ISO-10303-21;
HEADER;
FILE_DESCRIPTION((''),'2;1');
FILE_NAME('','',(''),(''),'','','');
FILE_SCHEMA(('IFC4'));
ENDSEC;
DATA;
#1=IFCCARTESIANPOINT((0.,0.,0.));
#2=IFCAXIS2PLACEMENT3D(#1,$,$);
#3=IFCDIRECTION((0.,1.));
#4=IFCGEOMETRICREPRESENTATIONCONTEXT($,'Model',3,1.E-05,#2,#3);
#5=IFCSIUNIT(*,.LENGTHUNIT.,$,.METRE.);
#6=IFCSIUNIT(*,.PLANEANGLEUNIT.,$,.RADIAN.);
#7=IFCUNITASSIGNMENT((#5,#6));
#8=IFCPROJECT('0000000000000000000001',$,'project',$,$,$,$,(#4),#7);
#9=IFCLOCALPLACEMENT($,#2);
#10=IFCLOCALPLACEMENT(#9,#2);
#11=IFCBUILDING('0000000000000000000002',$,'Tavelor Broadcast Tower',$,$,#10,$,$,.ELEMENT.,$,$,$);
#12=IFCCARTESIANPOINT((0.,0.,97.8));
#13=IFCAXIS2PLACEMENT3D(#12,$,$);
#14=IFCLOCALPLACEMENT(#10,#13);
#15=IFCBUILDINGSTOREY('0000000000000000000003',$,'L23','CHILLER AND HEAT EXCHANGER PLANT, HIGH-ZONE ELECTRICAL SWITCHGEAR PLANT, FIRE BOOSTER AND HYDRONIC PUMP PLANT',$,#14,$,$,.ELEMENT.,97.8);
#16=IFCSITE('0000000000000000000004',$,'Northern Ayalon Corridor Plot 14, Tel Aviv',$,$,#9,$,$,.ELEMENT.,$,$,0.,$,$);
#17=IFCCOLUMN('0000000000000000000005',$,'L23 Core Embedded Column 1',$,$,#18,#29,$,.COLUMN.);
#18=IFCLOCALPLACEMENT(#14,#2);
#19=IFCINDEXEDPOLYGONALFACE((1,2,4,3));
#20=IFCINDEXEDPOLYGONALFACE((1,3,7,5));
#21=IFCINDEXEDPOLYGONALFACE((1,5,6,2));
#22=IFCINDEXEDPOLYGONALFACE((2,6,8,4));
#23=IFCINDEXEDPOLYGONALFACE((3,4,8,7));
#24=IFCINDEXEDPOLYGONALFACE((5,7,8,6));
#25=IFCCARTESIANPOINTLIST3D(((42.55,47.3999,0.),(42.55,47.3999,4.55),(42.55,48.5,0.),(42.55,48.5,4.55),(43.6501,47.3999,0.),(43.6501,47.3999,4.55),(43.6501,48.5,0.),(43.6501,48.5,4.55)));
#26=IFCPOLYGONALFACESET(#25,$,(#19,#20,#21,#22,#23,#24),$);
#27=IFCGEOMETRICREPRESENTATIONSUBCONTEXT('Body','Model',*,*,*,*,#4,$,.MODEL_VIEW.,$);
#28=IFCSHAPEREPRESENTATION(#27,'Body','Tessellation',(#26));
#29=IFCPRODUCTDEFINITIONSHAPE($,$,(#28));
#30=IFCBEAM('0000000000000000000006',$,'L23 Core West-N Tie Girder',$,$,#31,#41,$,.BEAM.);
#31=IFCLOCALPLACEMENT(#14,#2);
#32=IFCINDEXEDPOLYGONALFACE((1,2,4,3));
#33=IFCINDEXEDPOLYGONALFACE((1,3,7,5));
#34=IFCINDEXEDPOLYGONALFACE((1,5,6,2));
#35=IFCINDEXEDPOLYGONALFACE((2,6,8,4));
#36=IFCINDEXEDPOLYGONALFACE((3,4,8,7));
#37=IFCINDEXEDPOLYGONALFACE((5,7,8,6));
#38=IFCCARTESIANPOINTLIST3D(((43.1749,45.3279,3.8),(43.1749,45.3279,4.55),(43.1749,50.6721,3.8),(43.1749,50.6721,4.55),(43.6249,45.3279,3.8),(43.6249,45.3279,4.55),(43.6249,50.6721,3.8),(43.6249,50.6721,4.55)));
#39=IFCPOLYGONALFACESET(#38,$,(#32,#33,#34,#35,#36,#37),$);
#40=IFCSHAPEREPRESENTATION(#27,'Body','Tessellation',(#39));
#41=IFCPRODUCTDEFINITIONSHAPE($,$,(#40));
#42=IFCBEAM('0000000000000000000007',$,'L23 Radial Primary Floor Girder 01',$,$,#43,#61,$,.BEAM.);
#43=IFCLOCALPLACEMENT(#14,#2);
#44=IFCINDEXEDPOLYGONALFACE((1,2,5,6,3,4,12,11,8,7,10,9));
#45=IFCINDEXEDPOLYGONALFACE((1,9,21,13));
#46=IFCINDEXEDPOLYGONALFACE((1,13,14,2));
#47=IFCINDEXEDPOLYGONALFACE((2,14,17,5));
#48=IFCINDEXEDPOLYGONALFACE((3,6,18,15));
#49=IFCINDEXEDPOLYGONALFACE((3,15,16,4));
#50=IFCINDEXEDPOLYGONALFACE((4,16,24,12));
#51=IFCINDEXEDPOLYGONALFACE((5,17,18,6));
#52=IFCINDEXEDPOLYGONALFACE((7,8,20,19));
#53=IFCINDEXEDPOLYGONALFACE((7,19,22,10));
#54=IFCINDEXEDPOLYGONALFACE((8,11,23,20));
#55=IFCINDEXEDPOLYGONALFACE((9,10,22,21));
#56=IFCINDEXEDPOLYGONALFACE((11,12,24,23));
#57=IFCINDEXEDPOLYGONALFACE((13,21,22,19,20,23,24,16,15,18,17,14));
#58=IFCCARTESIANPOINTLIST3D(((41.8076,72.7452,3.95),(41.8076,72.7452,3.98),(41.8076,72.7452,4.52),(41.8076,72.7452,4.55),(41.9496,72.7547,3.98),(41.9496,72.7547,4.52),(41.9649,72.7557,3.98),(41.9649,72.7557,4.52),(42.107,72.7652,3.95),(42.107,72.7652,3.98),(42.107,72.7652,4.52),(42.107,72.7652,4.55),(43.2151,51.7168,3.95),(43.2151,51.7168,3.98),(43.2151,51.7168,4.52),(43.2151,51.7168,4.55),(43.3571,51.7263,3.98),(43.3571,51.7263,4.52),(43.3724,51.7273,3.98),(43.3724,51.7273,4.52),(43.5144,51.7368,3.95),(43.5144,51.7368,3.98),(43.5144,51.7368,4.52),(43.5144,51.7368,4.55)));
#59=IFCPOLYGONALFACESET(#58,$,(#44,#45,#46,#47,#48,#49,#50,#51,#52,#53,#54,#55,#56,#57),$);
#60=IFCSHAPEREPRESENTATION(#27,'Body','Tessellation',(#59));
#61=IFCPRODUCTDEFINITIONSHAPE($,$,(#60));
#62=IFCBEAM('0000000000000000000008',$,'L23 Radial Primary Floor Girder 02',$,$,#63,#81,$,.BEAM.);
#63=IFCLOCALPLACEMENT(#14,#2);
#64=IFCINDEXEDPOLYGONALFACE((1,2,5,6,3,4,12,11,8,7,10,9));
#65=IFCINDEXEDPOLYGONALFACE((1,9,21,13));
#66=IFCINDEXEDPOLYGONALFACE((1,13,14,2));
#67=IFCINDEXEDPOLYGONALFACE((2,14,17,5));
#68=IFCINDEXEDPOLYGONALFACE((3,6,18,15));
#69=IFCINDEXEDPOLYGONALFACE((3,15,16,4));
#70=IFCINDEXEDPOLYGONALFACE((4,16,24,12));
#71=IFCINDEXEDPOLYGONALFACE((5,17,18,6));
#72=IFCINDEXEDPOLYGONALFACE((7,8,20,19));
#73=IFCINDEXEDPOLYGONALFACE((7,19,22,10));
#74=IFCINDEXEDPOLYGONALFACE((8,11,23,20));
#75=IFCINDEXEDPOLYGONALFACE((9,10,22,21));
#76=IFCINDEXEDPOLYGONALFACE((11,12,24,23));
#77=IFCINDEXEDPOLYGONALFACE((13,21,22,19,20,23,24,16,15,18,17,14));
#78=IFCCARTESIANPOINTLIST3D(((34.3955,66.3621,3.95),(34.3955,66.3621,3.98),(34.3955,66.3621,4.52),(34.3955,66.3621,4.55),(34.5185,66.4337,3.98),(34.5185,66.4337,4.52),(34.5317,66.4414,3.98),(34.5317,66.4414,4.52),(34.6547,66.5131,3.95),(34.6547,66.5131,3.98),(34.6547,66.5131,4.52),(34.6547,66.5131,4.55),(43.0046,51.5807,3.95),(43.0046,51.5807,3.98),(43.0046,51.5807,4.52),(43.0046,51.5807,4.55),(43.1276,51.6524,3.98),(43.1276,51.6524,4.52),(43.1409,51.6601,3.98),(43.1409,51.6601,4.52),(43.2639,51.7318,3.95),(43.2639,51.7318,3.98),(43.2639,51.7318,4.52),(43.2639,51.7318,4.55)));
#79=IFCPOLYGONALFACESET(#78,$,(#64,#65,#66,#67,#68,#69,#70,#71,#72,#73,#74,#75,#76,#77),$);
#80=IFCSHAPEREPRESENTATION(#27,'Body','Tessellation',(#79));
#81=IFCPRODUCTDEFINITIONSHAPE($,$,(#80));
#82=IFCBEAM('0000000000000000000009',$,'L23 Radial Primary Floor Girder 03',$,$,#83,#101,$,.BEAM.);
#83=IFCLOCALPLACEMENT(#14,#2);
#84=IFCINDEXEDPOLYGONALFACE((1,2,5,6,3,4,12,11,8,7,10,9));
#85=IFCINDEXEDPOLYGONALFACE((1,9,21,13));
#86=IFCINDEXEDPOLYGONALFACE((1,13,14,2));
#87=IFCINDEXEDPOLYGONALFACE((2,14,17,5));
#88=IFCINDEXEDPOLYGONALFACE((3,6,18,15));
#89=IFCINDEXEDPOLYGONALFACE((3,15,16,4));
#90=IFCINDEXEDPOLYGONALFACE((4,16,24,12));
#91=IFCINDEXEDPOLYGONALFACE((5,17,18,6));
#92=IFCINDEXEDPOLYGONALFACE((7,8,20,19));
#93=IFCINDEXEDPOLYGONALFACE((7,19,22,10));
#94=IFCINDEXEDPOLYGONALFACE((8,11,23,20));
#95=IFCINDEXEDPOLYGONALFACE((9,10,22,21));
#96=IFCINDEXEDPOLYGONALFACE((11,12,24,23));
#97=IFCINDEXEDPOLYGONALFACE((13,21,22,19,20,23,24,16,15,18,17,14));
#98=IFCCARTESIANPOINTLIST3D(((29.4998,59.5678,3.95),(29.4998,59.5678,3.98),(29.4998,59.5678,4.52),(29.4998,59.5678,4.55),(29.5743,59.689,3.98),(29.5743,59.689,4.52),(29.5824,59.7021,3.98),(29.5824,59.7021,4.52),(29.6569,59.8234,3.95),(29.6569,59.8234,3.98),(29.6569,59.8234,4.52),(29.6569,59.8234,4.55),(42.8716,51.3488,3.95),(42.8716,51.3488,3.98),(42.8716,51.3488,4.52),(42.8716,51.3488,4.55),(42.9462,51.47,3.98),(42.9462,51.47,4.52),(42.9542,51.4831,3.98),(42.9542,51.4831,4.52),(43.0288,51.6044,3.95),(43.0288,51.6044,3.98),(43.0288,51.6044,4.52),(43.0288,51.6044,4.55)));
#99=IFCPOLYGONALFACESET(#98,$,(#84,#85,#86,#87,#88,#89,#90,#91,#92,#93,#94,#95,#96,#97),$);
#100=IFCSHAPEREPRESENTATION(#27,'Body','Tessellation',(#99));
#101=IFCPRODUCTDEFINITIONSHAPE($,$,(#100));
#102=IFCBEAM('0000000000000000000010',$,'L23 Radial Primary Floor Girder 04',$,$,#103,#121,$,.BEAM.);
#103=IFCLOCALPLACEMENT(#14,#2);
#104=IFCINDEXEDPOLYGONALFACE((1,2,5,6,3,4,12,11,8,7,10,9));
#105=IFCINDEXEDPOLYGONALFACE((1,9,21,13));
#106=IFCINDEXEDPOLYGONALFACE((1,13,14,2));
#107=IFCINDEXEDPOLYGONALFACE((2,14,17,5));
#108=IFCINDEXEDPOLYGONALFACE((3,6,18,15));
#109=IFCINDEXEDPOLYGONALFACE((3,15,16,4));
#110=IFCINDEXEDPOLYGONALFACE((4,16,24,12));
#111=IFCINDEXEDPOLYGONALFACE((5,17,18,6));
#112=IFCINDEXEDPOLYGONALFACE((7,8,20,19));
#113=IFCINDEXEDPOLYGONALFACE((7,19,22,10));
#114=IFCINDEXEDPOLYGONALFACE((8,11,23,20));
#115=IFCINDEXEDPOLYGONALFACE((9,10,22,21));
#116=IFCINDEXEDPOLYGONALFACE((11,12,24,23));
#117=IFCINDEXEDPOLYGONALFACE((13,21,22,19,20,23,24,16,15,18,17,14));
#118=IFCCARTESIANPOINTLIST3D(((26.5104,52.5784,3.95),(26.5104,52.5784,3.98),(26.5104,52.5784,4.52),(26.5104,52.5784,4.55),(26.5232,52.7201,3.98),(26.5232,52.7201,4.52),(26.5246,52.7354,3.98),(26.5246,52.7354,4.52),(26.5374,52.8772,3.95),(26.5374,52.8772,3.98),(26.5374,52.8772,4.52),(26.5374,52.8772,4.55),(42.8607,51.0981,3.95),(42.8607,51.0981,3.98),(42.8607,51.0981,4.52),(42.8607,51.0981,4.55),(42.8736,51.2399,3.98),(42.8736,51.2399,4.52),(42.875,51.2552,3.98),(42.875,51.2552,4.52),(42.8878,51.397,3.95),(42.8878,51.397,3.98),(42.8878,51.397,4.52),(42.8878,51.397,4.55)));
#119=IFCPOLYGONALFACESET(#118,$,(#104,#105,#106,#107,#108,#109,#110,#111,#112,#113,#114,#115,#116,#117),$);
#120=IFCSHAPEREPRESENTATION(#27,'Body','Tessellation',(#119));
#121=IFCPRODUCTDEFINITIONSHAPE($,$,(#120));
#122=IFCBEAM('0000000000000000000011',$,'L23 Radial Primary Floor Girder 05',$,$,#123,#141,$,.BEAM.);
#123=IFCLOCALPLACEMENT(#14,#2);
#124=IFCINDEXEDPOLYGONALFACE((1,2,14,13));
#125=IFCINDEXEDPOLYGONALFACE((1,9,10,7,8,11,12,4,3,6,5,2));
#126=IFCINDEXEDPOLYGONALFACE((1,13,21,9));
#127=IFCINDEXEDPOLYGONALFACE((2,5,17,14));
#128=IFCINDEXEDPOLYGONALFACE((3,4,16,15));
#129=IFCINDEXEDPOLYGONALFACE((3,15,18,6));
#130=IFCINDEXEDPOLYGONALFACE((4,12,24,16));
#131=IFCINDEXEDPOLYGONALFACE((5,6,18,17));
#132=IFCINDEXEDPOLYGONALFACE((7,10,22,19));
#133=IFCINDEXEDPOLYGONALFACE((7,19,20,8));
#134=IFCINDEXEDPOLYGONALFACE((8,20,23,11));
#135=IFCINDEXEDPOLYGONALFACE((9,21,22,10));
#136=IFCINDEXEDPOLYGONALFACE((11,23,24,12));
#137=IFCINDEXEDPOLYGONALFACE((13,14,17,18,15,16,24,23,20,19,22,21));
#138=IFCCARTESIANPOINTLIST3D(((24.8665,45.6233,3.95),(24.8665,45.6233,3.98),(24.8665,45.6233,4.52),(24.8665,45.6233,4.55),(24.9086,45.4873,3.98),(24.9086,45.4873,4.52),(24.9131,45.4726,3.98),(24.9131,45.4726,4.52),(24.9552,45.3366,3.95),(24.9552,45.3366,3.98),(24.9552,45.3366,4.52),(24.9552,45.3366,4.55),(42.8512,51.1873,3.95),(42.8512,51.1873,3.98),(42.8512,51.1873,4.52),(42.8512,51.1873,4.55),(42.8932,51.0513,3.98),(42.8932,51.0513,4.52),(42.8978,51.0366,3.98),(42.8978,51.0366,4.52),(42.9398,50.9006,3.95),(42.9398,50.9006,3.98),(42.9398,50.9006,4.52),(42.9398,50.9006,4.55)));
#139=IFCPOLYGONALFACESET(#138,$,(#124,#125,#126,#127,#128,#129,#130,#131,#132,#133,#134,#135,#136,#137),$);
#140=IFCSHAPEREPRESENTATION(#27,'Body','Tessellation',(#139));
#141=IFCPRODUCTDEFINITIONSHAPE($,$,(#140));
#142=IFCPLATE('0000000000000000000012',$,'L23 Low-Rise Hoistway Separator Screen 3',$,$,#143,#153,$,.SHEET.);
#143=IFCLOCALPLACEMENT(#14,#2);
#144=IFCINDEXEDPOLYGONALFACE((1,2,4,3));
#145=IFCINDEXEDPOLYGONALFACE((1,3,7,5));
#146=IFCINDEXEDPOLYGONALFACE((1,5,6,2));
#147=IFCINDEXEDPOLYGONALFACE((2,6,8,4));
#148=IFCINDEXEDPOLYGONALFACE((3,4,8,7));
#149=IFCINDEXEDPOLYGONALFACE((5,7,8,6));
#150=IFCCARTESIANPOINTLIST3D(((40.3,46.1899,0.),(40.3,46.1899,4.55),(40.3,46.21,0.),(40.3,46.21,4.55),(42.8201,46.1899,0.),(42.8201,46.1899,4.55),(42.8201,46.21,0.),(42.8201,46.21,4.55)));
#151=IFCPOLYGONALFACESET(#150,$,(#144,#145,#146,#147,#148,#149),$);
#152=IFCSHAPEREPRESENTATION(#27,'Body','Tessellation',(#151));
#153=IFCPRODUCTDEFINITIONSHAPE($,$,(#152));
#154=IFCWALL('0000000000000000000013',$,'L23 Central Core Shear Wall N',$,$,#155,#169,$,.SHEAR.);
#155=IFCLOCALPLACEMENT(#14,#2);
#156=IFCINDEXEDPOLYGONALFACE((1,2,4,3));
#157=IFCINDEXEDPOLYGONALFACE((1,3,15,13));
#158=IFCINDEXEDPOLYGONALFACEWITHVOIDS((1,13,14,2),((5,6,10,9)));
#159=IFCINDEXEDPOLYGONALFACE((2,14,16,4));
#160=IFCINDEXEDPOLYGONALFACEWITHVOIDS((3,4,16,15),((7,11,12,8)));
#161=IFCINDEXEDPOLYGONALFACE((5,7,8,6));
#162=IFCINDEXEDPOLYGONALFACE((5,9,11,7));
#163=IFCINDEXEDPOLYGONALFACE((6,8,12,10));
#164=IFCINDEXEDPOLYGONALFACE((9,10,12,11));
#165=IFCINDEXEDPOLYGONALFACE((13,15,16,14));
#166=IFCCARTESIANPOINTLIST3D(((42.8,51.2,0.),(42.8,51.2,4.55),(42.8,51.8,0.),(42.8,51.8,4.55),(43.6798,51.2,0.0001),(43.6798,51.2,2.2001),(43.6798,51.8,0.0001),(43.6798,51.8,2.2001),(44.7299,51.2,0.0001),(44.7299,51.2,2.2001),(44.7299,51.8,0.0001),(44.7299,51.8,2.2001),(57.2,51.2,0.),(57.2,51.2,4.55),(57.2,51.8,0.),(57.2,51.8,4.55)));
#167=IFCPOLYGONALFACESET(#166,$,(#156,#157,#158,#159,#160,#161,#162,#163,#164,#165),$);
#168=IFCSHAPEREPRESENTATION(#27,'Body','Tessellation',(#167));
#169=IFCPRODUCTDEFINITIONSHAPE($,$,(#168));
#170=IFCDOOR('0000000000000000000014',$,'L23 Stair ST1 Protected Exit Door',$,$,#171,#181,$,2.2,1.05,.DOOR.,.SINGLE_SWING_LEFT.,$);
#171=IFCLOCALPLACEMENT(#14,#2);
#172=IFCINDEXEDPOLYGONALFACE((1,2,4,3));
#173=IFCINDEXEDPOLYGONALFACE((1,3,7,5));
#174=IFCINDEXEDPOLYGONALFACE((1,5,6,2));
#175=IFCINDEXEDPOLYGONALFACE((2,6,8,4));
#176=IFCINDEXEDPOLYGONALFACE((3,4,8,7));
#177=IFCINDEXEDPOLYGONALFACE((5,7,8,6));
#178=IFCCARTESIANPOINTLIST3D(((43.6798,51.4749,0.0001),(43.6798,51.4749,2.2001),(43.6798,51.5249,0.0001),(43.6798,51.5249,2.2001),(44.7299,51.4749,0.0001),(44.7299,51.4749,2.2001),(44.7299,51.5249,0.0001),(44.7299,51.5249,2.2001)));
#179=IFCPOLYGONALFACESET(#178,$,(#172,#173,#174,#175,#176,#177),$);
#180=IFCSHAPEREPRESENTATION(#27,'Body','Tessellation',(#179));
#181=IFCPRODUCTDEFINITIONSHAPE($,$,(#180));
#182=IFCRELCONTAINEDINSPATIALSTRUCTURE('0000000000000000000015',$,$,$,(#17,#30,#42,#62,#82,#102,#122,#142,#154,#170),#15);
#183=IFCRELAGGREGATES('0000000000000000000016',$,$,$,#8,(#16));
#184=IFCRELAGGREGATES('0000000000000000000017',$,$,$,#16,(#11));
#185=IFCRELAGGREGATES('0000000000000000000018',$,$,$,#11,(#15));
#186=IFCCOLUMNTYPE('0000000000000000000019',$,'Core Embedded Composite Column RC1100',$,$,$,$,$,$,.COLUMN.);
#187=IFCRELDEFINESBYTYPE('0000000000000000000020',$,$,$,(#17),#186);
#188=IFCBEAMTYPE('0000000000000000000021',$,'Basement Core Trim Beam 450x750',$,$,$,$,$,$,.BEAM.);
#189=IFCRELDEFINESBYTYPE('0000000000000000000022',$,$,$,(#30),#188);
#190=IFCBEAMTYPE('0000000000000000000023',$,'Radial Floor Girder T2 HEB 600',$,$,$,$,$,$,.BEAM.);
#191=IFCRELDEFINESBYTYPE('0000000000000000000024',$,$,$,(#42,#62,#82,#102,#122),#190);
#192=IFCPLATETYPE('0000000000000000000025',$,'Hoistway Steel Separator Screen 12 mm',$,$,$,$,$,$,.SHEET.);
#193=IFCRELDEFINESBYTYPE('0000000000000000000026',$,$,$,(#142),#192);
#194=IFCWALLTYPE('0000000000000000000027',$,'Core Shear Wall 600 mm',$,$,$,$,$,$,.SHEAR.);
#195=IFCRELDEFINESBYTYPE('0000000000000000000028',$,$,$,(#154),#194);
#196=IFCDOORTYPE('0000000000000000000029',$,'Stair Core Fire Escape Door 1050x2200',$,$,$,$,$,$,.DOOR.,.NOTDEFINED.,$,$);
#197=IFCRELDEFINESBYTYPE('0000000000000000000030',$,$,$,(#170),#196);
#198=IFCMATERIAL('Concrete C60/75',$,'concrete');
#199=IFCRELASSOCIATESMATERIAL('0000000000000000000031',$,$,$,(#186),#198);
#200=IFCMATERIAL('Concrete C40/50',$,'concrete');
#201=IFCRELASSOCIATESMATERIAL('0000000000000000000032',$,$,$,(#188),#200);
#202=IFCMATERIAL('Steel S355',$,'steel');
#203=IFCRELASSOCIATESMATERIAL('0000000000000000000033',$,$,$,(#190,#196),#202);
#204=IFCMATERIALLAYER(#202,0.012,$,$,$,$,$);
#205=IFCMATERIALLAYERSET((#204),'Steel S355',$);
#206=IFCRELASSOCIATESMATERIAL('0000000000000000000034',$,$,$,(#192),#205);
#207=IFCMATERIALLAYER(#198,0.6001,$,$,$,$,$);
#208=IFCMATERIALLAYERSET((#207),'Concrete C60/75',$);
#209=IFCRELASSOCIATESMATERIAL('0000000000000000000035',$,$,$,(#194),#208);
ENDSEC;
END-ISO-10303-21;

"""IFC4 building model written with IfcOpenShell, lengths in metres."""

from ifc_helpers import new_model, si_unit, direction, frame, frame_2d, origin, origin_2d, place, context, subcontext, project, spatial, rectangle, i_section, extrude, source, transform, mapped, material, layer, layer_set, material_profile, profile_set, type_object, type_shapes, element, fill, save


model = new_model("IFC4")

# Units and contexts
model_context = context("Model", 3, precision=1e-05, world=origin(), true_north=direction((0.0, 1.0)))
body_context = subcontext(model_context, "Body", "Model", "MODEL_VIEW")
ifc_project = project(units=[si_unit("LENGTHUNIT", "METRE"), si_unit("PLANEANGLEUNIT", "RADIAN")], contexts=[model_context])

# Site, building, storey
site_placement = place(None, origin())
site = spatial("IfcSite", under=ifc_project, at=site_placement, Name="Northern Ayalon Corridor Plot 14, Tel Aviv", CompositionType="ELEMENT", RefElevation=0.0)
building_placement = place(site_placement, origin())
building = spatial("IfcBuilding", under=site, at=building_placement, Name="Tavelor Broadcast Tower", CompositionType="ELEMENT")
storey_placement = place(building_placement, frame((0.0, 0.0, 97.8)))
storey = spatial("IfcBuildingStorey", under=building, at=storey_placement, Name="L23", Description="CHILLER AND HEAT EXCHANGER PLANT, HIGH-ZONE ELECTRICAL SWITCHGEAR PLANT, FIRE BOOSTER AND HYDRONIC PUMP PLANT", CompositionType="ELEMENT", Elevation=97.8)

# Column
ifc_material_1 = material(Name="Concrete C60/75", Category="concrete")
ifc_material_profile_1 = material_profile(ifc_material_1, rectangle(XDim=1.1001, YDim=1.1001, at=origin_2d()), Name="RC 1100x1100")
ifc_profile_set_1 = profile_set([ifc_material_profile_1], Name="Concrete C60/75")
column_type = type_object("IfcColumnType", Name="Core Embedded Composite Column RC1100", PredefinedType="COLUMN", material=ifc_profile_set_1)
column_placement = place(storey_placement, frame((43.1001, 47.95, 0.0), z_axis=(0.0, 0.0, 1.0), x_axis=(1.0, 0.0, 0.0)))
element("IfcColumn", 1, at=column_placement, inside=storey, type_object=column_type, Name="L23 Core Embedded Column 1", PredefinedType="COLUMN", context=body_context, shape_type="SweptSolid", body=[
    extrude(rectangle(XDim=1.1001, YDim=1.1001, at=origin_2d()), origin(), (0.0, 0.0, 1.0), 4.55),
])

# Beams
ifc_material_2 = material(Name="Concrete C40/50", Category="concrete")
ifc_material_profile_2 = material_profile(ifc_material_2, rectangle(XDim=0.45, YDim=0.75, at=origin_2d()), Name="RC 450x750")
ifc_profile_set_2 = profile_set([ifc_material_profile_2], Name="Concrete C40/50")
beam_type_1 = type_object("IfcBeamType", Name="Basement Core Trim Beam 450x750", PredefinedType="BEAM", material=ifc_profile_set_2)
beam_1_placement = place(storey_placement, frame((43.3999, 45.3279, 4.175), z_axis=(0.0, 1.0, 0.0), x_axis=(-1.0, 0.0, 0.0)))
element("IfcBeam", 2, at=beam_1_placement, inside=storey, type_object=beam_type_1, Name="L23 Core West-N Tie Girder", PredefinedType="BEAM", context=body_context, shape_type="SweptSolid", body=[
    extrude(rectangle(XDim=0.45, YDim=0.75, at=origin_2d()), origin(), (0.0, 0.0, 1.0), 5.3442),
])
ifc_material_3 = material(Name="Steel S355", Category="steel")
ifc_material_profile_3 = material_profile(ifc_material_3, i_section(OverallWidth=0.3, OverallDepth=0.6001, WebThickness=0.0154, FlangeThickness=0.03, at=origin_2d()), Name="HEB 600")
ifc_profile_set_3 = profile_set([ifc_material_profile_3], Name="Steel S355")
beam_type_2 = type_object("IfcBeamType", Name="Radial Floor Girder T2 HEB 600", PredefinedType="BEAM", material=ifc_profile_set_3)
beam_2_placement = place(storey_placement, frame((43.3647, 51.7268, 4.25), z_axis=(-0.066783, 0.997768, 0.0), x_axis=(-0.997768, -0.066783, 0.0)))
element("IfcBeam", 3, at=beam_2_placement, inside=storey, type_object=beam_type_2, Name="L23 Radial Primary Floor Girder 01", PredefinedType="BEAM", context=body_context, shape_type="SweptSolid", body=[
    extrude(i_section(OverallWidth=0.3, OverallDepth=0.6001, WebThickness=0.0154, FlangeThickness=0.03, at=origin_2d()), origin(), (0.0, 0.0, 1.0), 21.0754),
])
beam_3_placement = place(storey_placement, frame((43.1343, 51.6562, 4.25), z_axis=(-0.503292, 0.864116, 0.0), x_axis=(-0.864116, -0.503292, 0.0)))
element("IfcBeam", 4, at=beam_3_placement, inside=storey, type_object=beam_type_2, Name="L23 Radial Primary Floor Girder 02", PredefinedType="BEAM", context=body_context, shape_type="SweptSolid", body=[
    extrude(i_section(OverallWidth=0.3, OverallDepth=0.6001, WebThickness=0.0154, FlangeThickness=0.03, at=origin_2d()), origin(), (0.0, 0.0, 1.0), 17.1057),
])
beam_4_placement = place(storey_placement, frame((42.9502, 51.4766, 4.25), z_axis=(-0.851938, 0.523643, 0.0), x_axis=(-0.523643, -0.851938, 0.0)))
element("IfcBeam", 5, at=beam_4_placement, inside=storey, type_object=beam_type_2, Name="L23 Radial Primary Floor Girder 03", PredefinedType="BEAM", context=body_context, shape_type="SweptSolid", body=[
    extrude(i_section(OverallWidth=0.3, OverallDepth=0.6001, WebThickness=0.0154, FlangeThickness=0.03, at=origin_2d()), origin(), (0.0, 0.0, 1.0), 15.6958),
])
beam_5_placement = place(storey_placement, frame((42.8743, 51.2476, 4.25), z_axis=(-0.995927, 0.090163, 0.0), x_axis=(-0.090163, -0.995927, 0.0)))
element("IfcBeam", 6, at=beam_5_placement, inside=storey, type_object=beam_type_2, Name="L23 Radial Primary Floor Girder 04", PredefinedType="BEAM", context=body_context, shape_type="SweptSolid", body=[
    extrude(i_section(OverallWidth=0.3, OverallDepth=0.6001, WebThickness=0.0154, FlangeThickness=0.03, at=origin_2d()), origin(), (0.0, 0.0, 1.0), 16.4172),
])
beam_6_placement = place(storey_placement, frame((42.8955, 51.0439, 4.25), z_axis=(-0.955326, -0.295553, 0.0), x_axis=(0.295553, -0.955326, 0.0)))
element("IfcBeam", 7, at=beam_6_placement, inside=storey, type_object=beam_type_2, Name="L23 Radial Primary Floor Girder 05", PredefinedType="BEAM", context=body_context, shape_type="SweptSolid", body=[
    extrude(i_section(OverallWidth=0.3, OverallDepth=0.6001, WebThickness=0.0154, FlangeThickness=0.03, at=origin_2d()), origin(), (0.0, 0.0, 1.0), 18.8257),
])

# Plate
ifc_layer_1 = layer(ifc_material_3, 0.012)
ifc_layer_set_1 = layer_set([ifc_layer_1], Name="Steel S355")
plate_type = type_object("IfcPlateType", Name="Hoistway Steel Separator Screen 12 mm", PredefinedType="SHEET", material=ifc_layer_set_1)
shared_shape = source(origin(), body_context, "Body", "SweptSolid", [
    extrude(rectangle(XDim=2.52, YDim=0.02, at=origin_2d()), origin(), (0.0, 0.0, 1.0), 4.55),
])
type_shapes(plate_type, [shared_shape])
plate_placement = place(storey_placement, frame((41.5601, 46.2, 0.0), z_axis=(0.0, 0.0, 1.0), x_axis=(1.0, 0.0, 0.0)))
element("IfcPlate", 8, at=plate_placement, inside=storey, type_object=plate_type, Name="L23 Low-Rise Hoistway Separator Screen 3", PredefinedType="SHEET", context=body_context, shape_type="MappedRepresentation", body=[
    mapped(shared_shape, transform((0.0, 0.0, 0.0), scale=1.0)),
])

# Wall, opening, door
ifc_layer_2 = layer(ifc_material_1, 0.6001)
ifc_layer_set_2 = layer_set([ifc_layer_2], Name="Concrete C60/75")
wall_type_1 = type_object("IfcWallType", Name="Core Shear Wall 600 mm", PredefinedType="SHEAR", material=ifc_layer_set_2)
wall_1_placement = place(storey_placement, frame((42.8, 51.5, 0.0), z_axis=(0.0, 0.0, 1.0), x_axis=(1.0, 0.0, 0.0)))
wall_1 = element("IfcWall", 9, at=wall_1_placement, inside=storey, type_object=wall_type_1, Name="L23 Central Core Shear Wall N", PredefinedType="SHEAR", context=body_context, shape_type="SweptSolid", body=[
    extrude(rectangle(XDim=14.3999, YDim=0.6001, at=frame_2d((7.2, 0.0))), origin(), (0.0, 0.0, 1.0), 4.55),
])
opening_1_placement = place(wall_1_placement, frame((0.8799, 0.0, 0.0)))
opening_1 = element("IfcOpeningElement", 10, at=opening_1_placement, cuts=wall_1, PredefinedType="OPENING", context=body_context, shape_type="SweptSolid", body=[
    extrude(rectangle(XDim=1.05, YDim=2.2, at=frame_2d((0.5249, 1.1001))), frame((0.0, 0.3101, 0.0), z_axis=(0.0, -1.0, 0.0), x_axis=(1.0, 0.0, 0.0)), (0.0, 0.0, 1.0), 0.6201),
])
door_type_1 = type_object("IfcDoorType", Name="Stair Core Fire Escape Door 1050x2200", OperationType="NOTDEFINED", PredefinedType="DOOR", material=ifc_material_3)
door_1_placement = place(opening_1_placement, origin())
door_1 = element("IfcDoor", 11, at=door_1_placement, inside=storey, type_object=door_type_1, Name="L23 Stair ST1 Protected Exit Door", OperationType="SINGLE_SWING_LEFT", OverallHeight=2.2, OverallWidth=1.05, PredefinedType="DOOR", context=body_context, shape_type="SweptSolid", body=[
    extrude(rectangle(XDim=1.05, YDim=2.2, at=frame_2d((0.5249, 1.1001))), frame((0.0, 0.0249, 0.0), z_axis=(0.0, -1.0, 0.0), x_axis=(1.0, 0.0, 0.0)), (0.0, 0.0, 1.0), 0.05),
])
fill(opening_1, door_1)

save(model, "model.ifc")
